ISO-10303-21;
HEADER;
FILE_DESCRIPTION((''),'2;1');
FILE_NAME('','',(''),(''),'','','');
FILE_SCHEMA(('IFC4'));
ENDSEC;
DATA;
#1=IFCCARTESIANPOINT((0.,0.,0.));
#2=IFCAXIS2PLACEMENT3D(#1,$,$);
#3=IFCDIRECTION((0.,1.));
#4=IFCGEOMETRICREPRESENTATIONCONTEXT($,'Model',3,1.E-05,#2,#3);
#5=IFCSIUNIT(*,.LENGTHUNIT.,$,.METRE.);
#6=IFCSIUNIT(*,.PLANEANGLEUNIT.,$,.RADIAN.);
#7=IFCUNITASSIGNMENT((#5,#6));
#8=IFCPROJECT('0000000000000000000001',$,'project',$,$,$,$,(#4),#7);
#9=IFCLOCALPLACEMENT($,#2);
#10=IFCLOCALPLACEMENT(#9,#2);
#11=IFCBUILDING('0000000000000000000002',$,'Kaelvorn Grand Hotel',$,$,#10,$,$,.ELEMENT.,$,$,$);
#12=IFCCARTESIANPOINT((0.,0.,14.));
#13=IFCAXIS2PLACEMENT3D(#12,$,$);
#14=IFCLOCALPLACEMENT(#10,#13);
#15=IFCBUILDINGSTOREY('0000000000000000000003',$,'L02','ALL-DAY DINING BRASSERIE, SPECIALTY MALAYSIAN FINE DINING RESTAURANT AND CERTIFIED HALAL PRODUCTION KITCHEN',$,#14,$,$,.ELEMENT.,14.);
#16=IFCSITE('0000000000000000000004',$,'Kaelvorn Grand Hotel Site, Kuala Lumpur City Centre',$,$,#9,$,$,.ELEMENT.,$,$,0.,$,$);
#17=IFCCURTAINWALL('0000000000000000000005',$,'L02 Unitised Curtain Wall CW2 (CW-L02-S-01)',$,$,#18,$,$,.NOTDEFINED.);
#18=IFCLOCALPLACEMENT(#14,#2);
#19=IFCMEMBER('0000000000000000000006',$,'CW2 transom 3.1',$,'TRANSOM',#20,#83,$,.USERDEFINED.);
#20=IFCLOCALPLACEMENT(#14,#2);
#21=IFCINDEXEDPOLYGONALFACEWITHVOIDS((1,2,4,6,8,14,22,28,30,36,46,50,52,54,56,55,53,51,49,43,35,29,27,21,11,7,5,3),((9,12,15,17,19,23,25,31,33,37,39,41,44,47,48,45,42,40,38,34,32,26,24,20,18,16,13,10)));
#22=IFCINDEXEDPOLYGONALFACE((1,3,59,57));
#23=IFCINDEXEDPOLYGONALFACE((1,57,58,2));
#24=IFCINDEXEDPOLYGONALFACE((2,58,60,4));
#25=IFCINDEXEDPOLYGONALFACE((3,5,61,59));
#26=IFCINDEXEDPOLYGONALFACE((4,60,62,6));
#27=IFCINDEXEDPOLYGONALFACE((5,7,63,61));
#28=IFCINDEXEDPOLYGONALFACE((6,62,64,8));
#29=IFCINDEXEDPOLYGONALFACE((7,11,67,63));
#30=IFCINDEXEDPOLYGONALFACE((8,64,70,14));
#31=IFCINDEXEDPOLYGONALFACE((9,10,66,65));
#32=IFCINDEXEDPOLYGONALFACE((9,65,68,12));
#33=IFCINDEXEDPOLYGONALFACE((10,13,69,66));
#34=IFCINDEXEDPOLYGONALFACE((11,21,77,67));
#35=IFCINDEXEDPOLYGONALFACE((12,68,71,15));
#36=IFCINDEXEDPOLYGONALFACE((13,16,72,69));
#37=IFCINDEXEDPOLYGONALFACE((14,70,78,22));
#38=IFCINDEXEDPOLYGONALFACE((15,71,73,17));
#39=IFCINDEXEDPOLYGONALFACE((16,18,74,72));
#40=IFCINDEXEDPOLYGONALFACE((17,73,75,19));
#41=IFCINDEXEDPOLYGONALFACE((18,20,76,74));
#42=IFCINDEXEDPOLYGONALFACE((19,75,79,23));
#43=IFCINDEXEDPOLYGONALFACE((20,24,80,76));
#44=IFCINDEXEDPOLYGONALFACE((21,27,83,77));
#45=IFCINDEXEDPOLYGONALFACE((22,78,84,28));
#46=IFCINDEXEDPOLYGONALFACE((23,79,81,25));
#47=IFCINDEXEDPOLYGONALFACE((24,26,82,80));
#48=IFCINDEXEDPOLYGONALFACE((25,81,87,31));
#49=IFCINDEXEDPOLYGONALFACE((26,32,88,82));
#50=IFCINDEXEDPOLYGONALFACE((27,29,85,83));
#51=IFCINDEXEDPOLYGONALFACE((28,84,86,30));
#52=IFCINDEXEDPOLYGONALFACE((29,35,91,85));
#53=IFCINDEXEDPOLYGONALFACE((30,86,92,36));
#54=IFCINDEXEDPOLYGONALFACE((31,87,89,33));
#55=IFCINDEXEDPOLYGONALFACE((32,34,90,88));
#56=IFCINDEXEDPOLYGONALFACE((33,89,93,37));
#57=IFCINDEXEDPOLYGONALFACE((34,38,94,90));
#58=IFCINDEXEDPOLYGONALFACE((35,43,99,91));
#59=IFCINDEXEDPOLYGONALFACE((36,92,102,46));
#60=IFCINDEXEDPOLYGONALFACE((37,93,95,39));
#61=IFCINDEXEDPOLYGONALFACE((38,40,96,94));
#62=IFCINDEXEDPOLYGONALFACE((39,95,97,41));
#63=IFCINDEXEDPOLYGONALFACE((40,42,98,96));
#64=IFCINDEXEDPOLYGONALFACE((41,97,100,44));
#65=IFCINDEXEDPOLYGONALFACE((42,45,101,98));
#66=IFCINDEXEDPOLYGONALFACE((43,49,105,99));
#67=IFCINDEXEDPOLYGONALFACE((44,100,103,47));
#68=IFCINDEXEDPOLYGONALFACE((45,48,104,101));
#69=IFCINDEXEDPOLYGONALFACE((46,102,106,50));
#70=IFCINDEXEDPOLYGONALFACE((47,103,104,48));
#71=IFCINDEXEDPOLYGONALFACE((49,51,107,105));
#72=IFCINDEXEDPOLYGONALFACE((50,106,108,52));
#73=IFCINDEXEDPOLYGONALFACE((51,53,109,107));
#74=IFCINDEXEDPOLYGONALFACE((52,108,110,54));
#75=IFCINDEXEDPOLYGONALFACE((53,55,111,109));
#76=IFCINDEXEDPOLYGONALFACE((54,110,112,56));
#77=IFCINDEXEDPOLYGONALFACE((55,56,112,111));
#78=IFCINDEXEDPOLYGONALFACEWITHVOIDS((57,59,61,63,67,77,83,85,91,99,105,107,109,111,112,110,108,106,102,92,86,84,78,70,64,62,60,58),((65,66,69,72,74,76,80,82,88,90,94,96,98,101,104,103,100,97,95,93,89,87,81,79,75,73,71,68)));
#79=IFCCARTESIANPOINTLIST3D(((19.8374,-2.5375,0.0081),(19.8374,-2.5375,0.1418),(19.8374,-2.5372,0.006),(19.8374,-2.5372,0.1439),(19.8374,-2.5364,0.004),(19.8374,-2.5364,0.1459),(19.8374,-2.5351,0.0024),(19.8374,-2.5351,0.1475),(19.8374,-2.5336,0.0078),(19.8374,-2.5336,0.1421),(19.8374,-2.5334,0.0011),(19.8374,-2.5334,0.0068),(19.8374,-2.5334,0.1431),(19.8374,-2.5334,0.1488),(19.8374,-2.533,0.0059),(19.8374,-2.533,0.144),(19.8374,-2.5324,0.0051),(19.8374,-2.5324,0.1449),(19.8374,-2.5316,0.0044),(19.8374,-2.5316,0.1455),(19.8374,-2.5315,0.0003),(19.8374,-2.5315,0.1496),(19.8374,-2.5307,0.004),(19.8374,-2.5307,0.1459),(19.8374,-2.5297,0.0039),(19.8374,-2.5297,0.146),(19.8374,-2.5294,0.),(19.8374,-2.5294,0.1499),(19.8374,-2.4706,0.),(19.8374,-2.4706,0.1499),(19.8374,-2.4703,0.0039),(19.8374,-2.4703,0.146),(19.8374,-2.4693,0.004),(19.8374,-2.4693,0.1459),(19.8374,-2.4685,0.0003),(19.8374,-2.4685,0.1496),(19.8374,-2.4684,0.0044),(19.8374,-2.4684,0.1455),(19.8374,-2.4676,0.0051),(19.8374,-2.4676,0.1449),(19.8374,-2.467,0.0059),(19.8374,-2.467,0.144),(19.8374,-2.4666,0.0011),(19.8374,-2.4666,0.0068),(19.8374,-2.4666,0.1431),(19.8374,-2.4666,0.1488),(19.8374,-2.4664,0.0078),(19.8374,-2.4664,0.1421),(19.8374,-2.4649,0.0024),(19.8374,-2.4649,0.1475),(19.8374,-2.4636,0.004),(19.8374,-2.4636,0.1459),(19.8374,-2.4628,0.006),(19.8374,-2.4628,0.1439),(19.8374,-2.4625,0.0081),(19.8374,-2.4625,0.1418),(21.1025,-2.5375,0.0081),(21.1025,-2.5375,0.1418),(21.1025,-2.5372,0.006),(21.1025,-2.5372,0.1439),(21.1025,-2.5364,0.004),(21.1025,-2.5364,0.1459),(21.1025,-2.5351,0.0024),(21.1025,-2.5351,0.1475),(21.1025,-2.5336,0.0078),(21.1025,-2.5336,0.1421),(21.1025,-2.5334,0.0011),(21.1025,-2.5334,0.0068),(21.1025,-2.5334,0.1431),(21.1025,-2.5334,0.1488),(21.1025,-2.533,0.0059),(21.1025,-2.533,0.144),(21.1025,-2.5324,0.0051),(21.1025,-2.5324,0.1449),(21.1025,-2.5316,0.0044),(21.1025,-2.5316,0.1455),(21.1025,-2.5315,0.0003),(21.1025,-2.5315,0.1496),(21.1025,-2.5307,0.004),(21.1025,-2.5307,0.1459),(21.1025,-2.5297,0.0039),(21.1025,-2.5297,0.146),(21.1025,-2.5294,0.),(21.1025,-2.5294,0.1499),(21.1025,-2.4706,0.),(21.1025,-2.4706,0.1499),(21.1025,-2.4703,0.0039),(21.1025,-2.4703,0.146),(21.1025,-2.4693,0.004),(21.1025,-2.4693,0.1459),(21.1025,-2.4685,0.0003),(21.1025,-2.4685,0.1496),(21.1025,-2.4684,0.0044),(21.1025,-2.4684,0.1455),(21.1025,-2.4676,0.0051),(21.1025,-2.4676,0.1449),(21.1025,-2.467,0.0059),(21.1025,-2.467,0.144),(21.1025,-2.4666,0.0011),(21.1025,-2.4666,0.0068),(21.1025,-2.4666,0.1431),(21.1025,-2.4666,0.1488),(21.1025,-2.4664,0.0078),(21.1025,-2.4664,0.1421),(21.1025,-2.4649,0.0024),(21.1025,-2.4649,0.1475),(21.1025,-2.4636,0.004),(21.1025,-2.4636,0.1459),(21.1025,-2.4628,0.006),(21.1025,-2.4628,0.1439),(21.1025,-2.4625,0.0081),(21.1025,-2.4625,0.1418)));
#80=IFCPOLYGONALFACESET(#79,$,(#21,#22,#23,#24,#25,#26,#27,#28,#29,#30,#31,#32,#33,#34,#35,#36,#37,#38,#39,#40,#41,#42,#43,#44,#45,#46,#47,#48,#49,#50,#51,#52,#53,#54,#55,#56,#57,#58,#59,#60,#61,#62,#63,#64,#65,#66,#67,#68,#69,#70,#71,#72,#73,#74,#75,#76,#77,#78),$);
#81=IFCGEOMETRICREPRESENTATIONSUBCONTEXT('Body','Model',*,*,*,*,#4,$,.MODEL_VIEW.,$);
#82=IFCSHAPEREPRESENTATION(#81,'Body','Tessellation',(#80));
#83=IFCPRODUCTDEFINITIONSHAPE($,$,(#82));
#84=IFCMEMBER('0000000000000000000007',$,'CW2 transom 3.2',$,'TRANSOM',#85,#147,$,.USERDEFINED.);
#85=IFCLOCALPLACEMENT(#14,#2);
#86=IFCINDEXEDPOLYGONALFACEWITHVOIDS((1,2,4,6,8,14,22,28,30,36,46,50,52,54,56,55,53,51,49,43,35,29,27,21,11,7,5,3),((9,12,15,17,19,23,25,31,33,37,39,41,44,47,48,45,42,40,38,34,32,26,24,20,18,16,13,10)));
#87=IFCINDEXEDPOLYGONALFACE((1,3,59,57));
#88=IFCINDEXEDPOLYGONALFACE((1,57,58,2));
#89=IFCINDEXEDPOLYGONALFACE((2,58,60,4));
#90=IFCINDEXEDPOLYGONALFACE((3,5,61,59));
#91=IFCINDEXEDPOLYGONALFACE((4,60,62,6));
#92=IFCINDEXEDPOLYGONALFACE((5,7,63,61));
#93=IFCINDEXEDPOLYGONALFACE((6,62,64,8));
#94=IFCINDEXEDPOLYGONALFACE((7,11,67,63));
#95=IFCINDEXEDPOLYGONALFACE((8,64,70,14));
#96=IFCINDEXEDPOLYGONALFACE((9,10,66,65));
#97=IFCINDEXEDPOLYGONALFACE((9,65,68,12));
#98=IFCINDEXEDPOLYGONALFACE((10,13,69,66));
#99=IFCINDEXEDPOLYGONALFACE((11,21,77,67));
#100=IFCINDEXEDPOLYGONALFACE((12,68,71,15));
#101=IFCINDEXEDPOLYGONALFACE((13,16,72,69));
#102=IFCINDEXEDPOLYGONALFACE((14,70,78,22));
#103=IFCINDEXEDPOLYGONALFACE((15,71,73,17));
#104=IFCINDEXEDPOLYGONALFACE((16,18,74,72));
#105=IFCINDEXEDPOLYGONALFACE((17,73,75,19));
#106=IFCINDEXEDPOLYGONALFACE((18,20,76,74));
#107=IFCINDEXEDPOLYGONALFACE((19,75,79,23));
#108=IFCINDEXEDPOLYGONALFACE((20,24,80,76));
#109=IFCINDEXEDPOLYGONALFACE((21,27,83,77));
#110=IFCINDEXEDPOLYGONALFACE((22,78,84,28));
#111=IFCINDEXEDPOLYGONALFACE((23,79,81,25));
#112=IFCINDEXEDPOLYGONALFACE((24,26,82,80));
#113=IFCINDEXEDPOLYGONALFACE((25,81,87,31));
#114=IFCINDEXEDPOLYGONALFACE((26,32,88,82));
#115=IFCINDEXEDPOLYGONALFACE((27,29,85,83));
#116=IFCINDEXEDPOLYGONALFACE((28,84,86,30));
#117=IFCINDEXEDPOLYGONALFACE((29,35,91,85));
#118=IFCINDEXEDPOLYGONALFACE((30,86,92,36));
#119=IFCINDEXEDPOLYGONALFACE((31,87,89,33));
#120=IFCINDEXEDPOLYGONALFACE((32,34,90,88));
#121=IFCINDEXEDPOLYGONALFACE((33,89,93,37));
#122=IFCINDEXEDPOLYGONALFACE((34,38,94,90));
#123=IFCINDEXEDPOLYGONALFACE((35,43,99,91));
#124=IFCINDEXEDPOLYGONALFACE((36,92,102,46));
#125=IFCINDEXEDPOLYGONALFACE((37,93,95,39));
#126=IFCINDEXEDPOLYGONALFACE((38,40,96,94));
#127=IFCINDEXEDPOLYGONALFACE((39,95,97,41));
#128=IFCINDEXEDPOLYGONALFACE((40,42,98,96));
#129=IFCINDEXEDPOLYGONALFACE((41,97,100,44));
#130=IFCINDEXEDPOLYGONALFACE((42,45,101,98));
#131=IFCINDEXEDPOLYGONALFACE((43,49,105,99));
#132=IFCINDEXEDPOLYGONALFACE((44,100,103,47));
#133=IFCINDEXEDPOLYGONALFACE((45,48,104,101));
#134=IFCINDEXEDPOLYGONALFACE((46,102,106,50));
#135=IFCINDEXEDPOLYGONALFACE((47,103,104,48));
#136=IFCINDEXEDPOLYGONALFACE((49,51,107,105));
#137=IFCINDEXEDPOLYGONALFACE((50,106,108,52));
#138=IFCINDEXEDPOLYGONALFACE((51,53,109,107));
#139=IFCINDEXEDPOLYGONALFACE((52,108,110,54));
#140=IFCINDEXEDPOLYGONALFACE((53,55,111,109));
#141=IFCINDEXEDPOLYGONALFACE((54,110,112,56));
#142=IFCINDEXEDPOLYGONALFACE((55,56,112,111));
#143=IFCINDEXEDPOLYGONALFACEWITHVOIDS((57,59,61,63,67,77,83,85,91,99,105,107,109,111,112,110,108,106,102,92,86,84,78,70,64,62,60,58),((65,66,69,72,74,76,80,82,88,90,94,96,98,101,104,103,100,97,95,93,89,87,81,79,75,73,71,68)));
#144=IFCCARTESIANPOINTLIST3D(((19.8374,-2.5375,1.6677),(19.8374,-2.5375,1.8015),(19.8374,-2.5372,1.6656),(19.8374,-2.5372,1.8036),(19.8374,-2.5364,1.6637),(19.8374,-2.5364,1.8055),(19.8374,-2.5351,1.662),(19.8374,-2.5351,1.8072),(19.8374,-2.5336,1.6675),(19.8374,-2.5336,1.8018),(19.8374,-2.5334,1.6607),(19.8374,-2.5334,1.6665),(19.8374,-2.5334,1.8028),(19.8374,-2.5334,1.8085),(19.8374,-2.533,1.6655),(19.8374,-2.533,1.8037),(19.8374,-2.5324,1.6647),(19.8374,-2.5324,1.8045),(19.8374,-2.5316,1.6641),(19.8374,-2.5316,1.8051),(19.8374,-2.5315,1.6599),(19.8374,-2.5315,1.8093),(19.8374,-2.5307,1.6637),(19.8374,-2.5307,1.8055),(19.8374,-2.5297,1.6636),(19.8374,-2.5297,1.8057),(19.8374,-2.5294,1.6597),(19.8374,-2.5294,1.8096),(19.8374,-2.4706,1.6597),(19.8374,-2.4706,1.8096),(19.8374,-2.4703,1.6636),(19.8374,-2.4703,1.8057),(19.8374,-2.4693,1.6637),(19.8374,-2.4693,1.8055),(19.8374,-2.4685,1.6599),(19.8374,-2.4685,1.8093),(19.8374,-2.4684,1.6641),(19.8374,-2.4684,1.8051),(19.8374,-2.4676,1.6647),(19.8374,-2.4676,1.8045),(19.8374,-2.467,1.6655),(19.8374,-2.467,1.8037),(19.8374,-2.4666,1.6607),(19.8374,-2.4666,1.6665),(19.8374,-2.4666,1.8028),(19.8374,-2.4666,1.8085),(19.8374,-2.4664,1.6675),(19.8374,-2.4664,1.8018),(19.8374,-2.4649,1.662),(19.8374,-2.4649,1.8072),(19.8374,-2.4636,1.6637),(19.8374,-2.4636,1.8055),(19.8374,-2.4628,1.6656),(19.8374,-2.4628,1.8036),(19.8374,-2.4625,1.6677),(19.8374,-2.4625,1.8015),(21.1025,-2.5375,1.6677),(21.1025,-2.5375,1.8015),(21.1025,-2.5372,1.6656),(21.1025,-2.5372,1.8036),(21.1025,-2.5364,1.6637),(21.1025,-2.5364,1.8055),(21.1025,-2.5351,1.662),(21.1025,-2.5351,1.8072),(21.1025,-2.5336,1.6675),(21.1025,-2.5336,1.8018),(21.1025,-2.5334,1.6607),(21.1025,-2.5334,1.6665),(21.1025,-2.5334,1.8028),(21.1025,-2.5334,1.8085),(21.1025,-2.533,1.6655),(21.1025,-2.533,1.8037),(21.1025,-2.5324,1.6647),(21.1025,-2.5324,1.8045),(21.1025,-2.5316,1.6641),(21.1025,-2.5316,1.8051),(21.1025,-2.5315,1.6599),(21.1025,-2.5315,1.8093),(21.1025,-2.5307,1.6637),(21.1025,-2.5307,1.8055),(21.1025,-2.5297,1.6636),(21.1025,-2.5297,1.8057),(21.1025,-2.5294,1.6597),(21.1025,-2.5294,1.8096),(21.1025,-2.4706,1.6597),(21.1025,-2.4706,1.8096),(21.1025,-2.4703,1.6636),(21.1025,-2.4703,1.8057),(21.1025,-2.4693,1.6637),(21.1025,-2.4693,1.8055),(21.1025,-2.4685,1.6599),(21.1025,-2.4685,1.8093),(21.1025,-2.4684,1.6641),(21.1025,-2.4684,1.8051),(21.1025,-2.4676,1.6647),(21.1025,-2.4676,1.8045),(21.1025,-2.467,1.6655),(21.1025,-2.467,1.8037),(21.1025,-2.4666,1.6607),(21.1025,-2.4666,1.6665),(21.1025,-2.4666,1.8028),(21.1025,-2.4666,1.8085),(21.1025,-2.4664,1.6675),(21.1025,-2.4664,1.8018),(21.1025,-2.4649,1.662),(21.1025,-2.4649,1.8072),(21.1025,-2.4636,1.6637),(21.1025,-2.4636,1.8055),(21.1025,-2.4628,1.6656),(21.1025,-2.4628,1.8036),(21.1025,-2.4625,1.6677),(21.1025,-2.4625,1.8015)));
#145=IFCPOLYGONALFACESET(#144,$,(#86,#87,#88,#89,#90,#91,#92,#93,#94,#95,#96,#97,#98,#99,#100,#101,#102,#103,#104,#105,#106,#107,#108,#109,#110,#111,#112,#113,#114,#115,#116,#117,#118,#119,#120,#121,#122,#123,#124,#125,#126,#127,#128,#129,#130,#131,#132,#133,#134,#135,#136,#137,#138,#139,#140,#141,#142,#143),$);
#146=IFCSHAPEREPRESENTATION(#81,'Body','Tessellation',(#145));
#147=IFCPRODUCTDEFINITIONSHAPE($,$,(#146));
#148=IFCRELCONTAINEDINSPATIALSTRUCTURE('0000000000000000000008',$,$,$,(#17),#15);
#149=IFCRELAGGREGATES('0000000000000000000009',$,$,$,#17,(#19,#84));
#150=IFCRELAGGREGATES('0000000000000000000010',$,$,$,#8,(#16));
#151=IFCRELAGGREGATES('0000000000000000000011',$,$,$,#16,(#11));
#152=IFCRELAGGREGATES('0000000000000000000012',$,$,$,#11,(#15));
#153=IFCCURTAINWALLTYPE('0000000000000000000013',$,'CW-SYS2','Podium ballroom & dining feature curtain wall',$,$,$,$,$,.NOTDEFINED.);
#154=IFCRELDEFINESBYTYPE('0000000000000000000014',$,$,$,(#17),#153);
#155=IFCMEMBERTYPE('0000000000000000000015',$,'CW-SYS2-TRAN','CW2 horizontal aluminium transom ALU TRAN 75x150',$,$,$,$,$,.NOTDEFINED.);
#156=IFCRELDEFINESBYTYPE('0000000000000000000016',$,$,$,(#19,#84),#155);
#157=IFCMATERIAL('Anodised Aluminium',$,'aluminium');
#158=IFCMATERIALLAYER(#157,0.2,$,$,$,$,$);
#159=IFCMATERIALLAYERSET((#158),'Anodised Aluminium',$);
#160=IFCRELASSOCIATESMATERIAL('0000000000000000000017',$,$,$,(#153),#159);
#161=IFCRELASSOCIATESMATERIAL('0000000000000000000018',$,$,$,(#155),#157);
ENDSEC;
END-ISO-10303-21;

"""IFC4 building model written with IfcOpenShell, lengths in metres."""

from ifc_helpers import new_model, si_unit, direction, frame, origin, origin_2d, place, context, subcontext, project, spatial, hollow_rectangle, extrude, material, layer, layer_set, material_profile, profile_set, type_object, element, aggregate, save


model = new_model("IFC4")

# Units and contexts
model_context = context("Model", 3, precision=1e-05, world=origin(), true_north=direction((0.0, 1.0)))
body_context = subcontext(model_context, "Body", "Model", "MODEL_VIEW")
ifc_project = project(units=[si_unit("LENGTHUNIT", "METRE"), si_unit("PLANEANGLEUNIT", "RADIAN")], contexts=[model_context])

# Site, building, storey
site_placement = place(None, origin())
site = spatial("IfcSite", under=ifc_project, at=site_placement, Name="Kaelvorn Grand Hotel Site, Kuala Lumpur City Centre", CompositionType="ELEMENT", RefElevation=0.0)
building_placement = place(site_placement, origin())
building = spatial("IfcBuilding", under=site, at=building_placement, Name="Kaelvorn Grand Hotel", CompositionType="ELEMENT")
storey_placement = place(building_placement, frame((0.0, 0.0, 14.0)))
storey = spatial("IfcBuildingStorey", under=building, at=storey_placement, Name="L02", Description="ALL-DAY DINING BRASSERIE, SPECIALTY MALAYSIAN FINE DINING RESTAURANT AND CERTIFIED HALAL PRODUCTION KITCHEN", CompositionType="ELEMENT", Elevation=14.0)

# Curtain wall, members
ifc_material_1 = material(Name="Anodised Aluminium", Category="aluminium")
ifc_layer_1 = layer(ifc_material_1, 0.2)
ifc_layer_set_1 = layer_set([ifc_layer_1], Name="Anodised Aluminium")
curtain_wall_type = type_object("IfcCurtainWallType", Name="CW-SYS2", Description="Podium ballroom & dining feature curtain wall", PredefinedType="NOTDEFINED", material=ifc_layer_set_1)
curtain_wall_placement = place(storey_placement, origin())
curtain_wall = element("IfcCurtainWall", 1, at=curtain_wall_placement, inside=storey, type_object=curtain_wall_type, Name="L02 Unitised Curtain Wall CW2 (CW-L02-S-01)", PredefinedType="NOTDEFINED")
ifc_material_profile_1 = material_profile(ifc_material_1, hollow_rectangle(XDim=0.075, YDim=0.1499, WallThickness=0.0039, InnerFilletRadius=0.0039, OuterFilletRadius=0.0081, at=origin_2d()), Name="ALU TRAN 75x150")
ifc_profile_set_1 = profile_set([ifc_material_profile_1], Name="Anodised Aluminium")
member_type_1 = type_object("IfcMemberType", Name="CW-SYS2-TRAN", Description="CW2 horizontal aluminium transom ALU TRAN 75x150", PredefinedType="NOTDEFINED", material=ifc_profile_set_1)
member_1_placement = place(storey_placement, frame((19.8374, -2.5, 0.075), z_axis=(1.0, 0.0, 0.0), x_axis=(0.0, 1.0, 0.0)))
member_1 = element("IfcMember", 2, at=member_1_placement, type_object=member_type_1, Name="CW2 transom 3.1", ObjectType="TRANSOM", PredefinedType="USERDEFINED", context=body_context, shape_type="SweptSolid", body=[
    extrude(hollow_rectangle(XDim=0.075, YDim=0.1499, WallThickness=0.0039, InnerFilletRadius=0.0039, OuterFilletRadius=0.0081, at=origin_2d()), origin(), (0.0, 0.0, 1.0), 1.2651),
])
member_2_placement = place(storey_placement, frame((19.8374, -2.5, 1.7346), z_axis=(1.0, 0.0, 0.0), x_axis=(0.0, 1.0, 0.0)))
member_2 = element("IfcMember", 3, at=member_2_placement, type_object=member_type_1, Name="CW2 transom 3.2", ObjectType="TRANSOM", PredefinedType="USERDEFINED", context=body_context, shape_type="SweptSolid", body=[
    extrude(hollow_rectangle(XDim=0.075, YDim=0.1499, WallThickness=0.0039, InnerFilletRadius=0.0039, OuterFilletRadius=0.0081, at=origin_2d()), origin(), (0.0, 0.0, 1.0), 1.2651),
])
aggregate(curtain_wall, [member_1, member_2])

save(model, "model.ifc")
